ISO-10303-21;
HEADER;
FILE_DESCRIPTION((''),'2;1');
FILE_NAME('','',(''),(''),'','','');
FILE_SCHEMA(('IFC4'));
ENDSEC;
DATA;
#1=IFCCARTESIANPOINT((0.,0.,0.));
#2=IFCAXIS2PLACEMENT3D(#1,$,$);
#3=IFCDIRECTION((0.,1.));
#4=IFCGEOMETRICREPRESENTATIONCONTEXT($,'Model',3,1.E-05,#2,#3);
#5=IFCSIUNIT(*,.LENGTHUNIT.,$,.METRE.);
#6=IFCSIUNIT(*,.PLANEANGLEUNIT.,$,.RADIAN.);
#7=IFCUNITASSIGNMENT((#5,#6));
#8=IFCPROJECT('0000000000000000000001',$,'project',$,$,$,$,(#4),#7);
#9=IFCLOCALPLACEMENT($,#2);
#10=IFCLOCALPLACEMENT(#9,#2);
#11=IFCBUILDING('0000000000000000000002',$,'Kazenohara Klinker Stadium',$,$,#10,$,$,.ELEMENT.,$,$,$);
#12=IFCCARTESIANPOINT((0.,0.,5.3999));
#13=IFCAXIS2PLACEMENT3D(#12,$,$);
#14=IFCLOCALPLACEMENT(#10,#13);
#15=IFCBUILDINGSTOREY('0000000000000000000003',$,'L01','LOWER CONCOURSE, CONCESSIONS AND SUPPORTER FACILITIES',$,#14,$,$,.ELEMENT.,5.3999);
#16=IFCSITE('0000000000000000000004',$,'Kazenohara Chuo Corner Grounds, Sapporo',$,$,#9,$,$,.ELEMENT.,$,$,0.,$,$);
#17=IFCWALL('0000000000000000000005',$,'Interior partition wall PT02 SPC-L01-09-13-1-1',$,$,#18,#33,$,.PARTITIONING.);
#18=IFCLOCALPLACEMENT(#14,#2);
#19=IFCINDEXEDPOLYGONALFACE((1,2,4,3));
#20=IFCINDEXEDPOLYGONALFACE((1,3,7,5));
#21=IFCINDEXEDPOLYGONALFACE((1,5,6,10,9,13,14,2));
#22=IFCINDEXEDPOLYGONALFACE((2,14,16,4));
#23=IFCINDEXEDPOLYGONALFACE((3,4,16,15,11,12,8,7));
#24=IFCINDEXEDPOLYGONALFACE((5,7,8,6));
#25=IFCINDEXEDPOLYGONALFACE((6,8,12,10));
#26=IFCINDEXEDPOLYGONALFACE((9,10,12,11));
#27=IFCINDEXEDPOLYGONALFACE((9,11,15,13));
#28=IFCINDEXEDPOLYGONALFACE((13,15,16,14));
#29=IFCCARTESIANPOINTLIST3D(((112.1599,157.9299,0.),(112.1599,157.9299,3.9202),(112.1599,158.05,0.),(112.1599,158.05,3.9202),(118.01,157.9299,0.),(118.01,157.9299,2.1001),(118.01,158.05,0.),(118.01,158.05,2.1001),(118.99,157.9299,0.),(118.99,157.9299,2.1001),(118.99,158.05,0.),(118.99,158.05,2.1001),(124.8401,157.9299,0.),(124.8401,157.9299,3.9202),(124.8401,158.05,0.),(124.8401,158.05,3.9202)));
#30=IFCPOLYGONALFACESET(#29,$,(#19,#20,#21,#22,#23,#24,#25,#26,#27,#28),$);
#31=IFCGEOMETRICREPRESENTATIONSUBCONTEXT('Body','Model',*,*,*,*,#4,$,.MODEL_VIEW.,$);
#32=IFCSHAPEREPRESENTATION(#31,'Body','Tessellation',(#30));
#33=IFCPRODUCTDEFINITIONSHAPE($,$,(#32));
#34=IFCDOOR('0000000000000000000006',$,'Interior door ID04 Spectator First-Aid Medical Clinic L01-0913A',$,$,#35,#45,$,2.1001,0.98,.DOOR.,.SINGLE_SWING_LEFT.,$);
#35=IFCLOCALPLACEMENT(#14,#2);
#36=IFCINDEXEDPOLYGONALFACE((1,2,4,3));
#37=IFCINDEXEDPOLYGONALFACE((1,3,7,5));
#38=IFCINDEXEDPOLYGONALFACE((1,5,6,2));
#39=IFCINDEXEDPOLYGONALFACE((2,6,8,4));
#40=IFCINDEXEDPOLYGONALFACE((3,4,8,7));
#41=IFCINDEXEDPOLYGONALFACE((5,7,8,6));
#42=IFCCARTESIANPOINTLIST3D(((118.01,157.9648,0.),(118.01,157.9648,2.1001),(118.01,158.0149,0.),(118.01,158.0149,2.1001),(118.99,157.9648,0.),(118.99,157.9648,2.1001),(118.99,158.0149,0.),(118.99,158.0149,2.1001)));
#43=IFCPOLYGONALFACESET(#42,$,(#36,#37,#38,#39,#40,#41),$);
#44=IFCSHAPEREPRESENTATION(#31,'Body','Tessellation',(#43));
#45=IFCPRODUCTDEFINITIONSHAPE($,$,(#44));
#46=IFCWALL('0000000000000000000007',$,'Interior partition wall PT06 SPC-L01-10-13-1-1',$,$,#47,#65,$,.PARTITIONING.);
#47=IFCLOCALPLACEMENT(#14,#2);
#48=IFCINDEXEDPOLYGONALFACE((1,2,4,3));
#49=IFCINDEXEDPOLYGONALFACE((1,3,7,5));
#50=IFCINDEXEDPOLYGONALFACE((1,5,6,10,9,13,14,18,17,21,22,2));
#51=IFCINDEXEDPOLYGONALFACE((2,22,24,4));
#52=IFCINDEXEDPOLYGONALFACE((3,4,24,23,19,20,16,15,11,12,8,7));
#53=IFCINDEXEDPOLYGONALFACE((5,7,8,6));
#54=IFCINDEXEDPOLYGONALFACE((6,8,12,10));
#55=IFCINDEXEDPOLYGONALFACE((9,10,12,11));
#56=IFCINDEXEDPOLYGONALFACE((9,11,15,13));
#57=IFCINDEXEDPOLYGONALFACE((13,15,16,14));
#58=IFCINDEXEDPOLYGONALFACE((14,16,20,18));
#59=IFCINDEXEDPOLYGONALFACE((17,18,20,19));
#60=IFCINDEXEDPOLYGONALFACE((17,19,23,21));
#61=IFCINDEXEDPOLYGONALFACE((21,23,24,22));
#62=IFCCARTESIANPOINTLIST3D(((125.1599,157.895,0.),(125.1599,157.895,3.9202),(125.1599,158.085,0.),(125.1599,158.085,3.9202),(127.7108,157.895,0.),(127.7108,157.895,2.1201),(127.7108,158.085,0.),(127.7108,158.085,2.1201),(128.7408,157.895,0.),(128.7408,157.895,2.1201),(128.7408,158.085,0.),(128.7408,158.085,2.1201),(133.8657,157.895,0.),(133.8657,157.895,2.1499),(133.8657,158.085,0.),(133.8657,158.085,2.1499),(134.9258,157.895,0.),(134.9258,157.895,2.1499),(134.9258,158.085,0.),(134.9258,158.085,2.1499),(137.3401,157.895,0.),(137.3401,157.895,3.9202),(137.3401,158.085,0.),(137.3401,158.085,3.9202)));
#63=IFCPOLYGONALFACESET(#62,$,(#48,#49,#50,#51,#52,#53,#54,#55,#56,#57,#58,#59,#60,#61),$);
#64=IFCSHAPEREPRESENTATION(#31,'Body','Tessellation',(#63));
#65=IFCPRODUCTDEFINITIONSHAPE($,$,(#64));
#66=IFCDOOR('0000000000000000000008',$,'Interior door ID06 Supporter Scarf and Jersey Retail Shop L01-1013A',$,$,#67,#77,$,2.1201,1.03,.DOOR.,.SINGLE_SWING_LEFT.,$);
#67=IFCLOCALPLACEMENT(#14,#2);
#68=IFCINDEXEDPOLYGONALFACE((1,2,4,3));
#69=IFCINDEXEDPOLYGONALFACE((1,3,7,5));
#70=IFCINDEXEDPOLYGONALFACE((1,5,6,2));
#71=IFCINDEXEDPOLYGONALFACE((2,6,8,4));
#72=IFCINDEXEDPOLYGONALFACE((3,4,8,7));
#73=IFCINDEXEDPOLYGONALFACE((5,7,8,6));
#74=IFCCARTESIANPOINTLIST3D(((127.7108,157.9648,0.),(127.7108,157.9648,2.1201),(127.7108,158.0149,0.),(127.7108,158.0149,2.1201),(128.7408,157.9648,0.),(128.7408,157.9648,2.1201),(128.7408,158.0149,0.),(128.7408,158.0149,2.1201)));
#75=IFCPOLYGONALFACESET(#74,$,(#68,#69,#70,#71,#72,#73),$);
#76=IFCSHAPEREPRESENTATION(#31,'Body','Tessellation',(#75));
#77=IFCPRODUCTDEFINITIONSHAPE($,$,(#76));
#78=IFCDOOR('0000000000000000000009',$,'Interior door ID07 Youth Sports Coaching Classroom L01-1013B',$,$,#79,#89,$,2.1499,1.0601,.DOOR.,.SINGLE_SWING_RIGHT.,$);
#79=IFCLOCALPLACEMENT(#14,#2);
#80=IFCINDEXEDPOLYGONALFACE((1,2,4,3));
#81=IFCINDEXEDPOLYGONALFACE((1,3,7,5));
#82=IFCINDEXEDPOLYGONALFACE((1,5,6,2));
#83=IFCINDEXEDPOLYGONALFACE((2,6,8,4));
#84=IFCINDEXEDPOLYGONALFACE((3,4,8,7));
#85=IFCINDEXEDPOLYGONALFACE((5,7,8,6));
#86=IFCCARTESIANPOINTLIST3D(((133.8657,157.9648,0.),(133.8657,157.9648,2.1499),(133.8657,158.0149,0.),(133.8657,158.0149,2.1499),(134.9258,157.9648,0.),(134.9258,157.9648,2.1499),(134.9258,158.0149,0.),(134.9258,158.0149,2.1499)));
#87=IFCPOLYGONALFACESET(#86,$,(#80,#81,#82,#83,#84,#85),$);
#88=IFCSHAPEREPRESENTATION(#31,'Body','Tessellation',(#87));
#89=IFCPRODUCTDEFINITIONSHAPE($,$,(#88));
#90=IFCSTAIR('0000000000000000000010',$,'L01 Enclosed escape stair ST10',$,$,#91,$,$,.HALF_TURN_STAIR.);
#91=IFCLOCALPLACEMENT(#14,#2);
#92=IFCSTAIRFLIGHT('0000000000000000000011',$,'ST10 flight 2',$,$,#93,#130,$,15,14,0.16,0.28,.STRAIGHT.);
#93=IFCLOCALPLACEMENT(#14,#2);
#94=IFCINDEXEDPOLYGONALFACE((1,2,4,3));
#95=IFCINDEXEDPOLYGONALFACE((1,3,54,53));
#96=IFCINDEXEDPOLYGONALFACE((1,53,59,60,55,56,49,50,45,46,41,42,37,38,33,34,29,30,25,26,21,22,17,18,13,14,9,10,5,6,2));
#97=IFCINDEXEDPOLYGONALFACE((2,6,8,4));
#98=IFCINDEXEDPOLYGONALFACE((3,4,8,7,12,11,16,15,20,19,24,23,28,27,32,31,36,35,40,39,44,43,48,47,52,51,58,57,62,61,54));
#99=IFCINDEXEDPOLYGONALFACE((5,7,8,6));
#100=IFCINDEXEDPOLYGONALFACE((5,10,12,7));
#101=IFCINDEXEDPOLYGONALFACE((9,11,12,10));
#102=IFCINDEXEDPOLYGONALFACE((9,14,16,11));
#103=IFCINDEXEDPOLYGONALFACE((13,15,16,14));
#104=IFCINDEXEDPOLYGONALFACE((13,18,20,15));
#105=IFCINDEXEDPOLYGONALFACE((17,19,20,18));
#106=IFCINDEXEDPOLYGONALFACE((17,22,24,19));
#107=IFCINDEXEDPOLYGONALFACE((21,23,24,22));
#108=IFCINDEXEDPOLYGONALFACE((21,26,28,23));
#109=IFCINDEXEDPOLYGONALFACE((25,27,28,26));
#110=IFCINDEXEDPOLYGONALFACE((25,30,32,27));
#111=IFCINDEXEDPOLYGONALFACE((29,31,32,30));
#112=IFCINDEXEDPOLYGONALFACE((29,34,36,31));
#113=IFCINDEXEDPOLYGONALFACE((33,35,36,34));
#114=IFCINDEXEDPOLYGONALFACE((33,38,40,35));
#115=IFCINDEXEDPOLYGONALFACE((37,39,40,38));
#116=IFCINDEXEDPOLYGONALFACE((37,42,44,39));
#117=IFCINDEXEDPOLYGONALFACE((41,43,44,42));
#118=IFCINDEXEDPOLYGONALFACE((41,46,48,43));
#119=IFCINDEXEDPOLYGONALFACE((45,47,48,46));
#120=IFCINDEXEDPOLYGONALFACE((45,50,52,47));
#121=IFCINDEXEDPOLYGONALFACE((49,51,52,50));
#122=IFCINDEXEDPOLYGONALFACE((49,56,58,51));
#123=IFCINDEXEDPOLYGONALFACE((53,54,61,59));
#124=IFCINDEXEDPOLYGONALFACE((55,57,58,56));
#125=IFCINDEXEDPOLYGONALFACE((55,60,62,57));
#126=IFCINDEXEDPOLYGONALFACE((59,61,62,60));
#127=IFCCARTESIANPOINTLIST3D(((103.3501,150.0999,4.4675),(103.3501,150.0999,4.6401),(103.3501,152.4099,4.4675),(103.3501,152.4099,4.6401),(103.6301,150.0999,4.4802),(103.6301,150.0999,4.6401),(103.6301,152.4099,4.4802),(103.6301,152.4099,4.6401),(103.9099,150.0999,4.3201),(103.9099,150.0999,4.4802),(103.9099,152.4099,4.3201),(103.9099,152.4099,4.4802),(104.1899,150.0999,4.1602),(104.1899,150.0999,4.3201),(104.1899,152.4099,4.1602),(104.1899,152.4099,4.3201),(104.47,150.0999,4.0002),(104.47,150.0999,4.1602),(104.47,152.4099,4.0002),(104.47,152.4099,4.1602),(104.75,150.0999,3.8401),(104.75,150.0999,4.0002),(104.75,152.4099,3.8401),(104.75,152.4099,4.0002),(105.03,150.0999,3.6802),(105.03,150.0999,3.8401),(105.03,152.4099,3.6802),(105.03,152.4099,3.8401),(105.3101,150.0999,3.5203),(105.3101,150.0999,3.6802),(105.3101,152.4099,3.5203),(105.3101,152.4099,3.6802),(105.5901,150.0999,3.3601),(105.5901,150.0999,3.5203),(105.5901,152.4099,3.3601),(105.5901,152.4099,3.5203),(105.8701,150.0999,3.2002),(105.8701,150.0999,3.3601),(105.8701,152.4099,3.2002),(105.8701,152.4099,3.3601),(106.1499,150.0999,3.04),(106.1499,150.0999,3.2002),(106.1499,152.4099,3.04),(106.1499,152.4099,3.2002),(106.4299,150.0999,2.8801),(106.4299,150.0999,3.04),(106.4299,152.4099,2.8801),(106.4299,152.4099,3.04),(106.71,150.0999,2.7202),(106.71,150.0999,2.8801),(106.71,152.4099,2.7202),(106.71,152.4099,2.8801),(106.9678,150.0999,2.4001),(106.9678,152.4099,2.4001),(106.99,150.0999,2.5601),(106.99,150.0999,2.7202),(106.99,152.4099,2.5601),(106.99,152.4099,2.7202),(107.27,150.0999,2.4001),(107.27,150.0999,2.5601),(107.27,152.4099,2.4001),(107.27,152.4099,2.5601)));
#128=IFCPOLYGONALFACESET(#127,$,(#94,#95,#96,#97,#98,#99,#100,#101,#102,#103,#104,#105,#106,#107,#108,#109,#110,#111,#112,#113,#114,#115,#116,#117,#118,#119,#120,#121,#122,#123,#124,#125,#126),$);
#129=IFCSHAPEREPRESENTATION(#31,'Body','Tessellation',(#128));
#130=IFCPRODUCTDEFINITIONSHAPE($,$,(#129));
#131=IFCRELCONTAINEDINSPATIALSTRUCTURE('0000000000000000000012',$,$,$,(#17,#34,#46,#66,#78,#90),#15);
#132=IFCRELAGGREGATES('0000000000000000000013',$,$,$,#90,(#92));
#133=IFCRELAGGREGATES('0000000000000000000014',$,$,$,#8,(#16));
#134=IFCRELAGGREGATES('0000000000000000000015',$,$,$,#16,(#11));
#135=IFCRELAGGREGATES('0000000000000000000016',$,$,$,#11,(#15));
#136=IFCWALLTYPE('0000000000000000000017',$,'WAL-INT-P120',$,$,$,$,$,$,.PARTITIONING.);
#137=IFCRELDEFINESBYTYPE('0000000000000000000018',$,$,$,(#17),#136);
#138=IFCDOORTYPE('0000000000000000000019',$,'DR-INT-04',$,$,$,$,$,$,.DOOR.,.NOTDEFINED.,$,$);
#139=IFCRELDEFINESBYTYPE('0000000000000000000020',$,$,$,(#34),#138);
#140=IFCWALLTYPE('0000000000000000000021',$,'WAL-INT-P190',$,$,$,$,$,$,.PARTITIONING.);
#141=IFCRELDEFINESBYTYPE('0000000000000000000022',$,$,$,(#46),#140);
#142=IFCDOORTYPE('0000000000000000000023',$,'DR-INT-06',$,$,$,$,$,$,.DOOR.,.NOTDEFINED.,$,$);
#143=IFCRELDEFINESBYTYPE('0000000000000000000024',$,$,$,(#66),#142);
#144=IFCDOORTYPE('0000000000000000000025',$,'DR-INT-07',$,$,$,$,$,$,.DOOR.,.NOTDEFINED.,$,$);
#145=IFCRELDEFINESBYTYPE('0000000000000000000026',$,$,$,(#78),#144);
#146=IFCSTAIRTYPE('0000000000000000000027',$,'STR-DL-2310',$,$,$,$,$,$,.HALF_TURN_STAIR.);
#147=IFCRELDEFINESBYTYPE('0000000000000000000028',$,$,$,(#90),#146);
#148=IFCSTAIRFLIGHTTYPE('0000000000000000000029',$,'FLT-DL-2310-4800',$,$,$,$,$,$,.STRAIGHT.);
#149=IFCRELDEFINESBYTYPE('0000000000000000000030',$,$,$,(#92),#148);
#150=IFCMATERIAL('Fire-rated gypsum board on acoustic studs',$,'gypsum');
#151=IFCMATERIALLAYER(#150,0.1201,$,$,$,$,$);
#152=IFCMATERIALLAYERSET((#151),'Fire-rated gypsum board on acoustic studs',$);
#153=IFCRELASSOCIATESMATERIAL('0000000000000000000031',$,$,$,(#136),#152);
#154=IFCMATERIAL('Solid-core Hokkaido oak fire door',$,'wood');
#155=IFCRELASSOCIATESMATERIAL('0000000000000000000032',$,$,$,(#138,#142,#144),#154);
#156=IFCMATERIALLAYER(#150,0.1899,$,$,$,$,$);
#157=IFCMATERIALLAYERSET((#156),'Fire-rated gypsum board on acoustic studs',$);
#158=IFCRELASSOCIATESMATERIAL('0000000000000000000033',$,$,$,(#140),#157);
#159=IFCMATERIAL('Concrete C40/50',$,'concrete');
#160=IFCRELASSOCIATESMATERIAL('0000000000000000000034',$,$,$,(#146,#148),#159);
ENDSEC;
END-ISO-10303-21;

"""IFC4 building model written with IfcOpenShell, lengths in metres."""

from ifc_helpers import new_model, si_unit, direction, frame, frame_2d, origin, place, context, subcontext, project, spatial, polyline, rectangle, outline, extrude, material, layer, layer_set, type_object, element, fill, aggregate, save


model = new_model("IFC4")

# Units and contexts
model_context = context("Model", 3, precision=1e-05, world=origin(), true_north=direction((0.0, 1.0)))
body_context = subcontext(model_context, "Body", "Model", "MODEL_VIEW")
ifc_project = project(units=[si_unit("LENGTHUNIT", "METRE"), si_unit("PLANEANGLEUNIT", "RADIAN")], contexts=[model_context])

# Site, building, storey
site_placement = place(None, origin())
site = spatial("IfcSite", under=ifc_project, at=site_placement, Name="Kazenohara Chuo Corner Grounds, Sapporo", CompositionType="ELEMENT", RefElevation=0.0)
building_placement = place(site_placement, origin())
building = spatial("IfcBuilding", under=site, at=building_placement, Name="Kazenohara Klinker Stadium", CompositionType="ELEMENT")
storey_placement = place(building_placement, frame((0.0, 0.0, 5.3999)))
storey = spatial("IfcBuildingStorey", under=building, at=storey_placement, Name="L01", Description="LOWER CONCOURSE, CONCESSIONS AND SUPPORTER FACILITIES", CompositionType="ELEMENT", Elevation=5.3999)

# Shared definitions
ifc_material_1 = material(Name="Concrete C40/50", Category="concrete")

# Wall, opening, door
ifc_material_2 = material(Name="Fire-rated gypsum board on acoustic studs", Category="gypsum")
ifc_layer_1 = layer(ifc_material_2, 0.1201)
ifc_layer_set_1 = layer_set([ifc_layer_1], Name="Fire-rated gypsum board on acoustic studs")
wall_type_1 = type_object("IfcWallType", Name="WAL-INT-P120", PredefinedType="PARTITIONING", material=ifc_layer_set_1)
wall_1_placement = place(storey_placement, frame((112.1599, 157.99, 0.0), z_axis=(0.0, 0.0, 1.0), x_axis=(1.0, 0.0, 0.0)))
wall_1 = element("IfcWall", 1, at=wall_1_placement, inside=storey, type_object=wall_type_1, Name="Interior partition wall PT02 SPC-L01-09-13-1-1", PredefinedType="PARTITIONING", context=body_context, shape_type="SweptSolid", body=[
    extrude(rectangle(XDim=12.6802, YDim=0.1201, at=frame_2d((6.3401, 0.0))), origin(), (0.0, 0.0, 1.0), 3.9202),
])
opening_1_placement = place(wall_1_placement, frame((5.8501, 0.0, 0.0)))
opening_1 = element("IfcOpeningElement", 2, at=opening_1_placement, cuts=wall_1, PredefinedType="OPENING", context=body_context, shape_type="SweptSolid", body=[
    extrude(rectangle(XDim=0.98, YDim=2.1001, at=frame_2d((0.49, 1.05))), frame((0.0, 0.0701, 0.0), z_axis=(0.0, -1.0, 0.0), x_axis=(1.0, 0.0, 0.0)), (0.0, 0.0, 1.0), 0.1401),
])
ifc_material_3 = material(Name="Solid-core Hokkaido oak fire door", Category="wood")
door_type_1 = type_object("IfcDoorType", Name="DR-INT-04", OperationType="NOTDEFINED", PredefinedType="DOOR", material=ifc_material_3)
door_1_placement = place(opening_1_placement, origin())
door_1 = element("IfcDoor", 3, at=door_1_placement, inside=storey, type_object=door_type_1, Name="Interior door ID04 Spectator First-Aid Medical Clinic L01-0913A", OperationType="SINGLE_SWING_LEFT", OverallHeight=2.1001, OverallWidth=0.98, PredefinedType="DOOR", context=body_context, shape_type="SweptSolid", body=[
    extrude(rectangle(XDim=0.98, YDim=2.1001, at=frame_2d((0.49, 1.05))), frame((0.0, 0.0249, 0.0), z_axis=(0.0, -1.0, 0.0), x_axis=(1.0, 0.0, 0.0)), (0.0, 0.0, 1.0), 0.05),
])
fill(opening_1, door_1)

# Wall, openings, doors
ifc_layer_2 = layer(ifc_material_2, 0.1899)
ifc_layer_set_2 = layer_set([ifc_layer_2], Name="Fire-rated gypsum board on acoustic studs")
wall_type_2 = type_object("IfcWallType", Name="WAL-INT-P190", PredefinedType="PARTITIONING", material=ifc_layer_set_2)
wall_2_placement = place(storey_placement, frame((125.1599, 157.99, 0.0), z_axis=(0.0, 0.0, 1.0), x_axis=(1.0, 0.0, 0.0)))
wall_2 = element("IfcWall", 4, at=wall_2_placement, inside=storey, type_object=wall_type_2, Name="Interior partition wall PT06 SPC-L01-10-13-1-1", PredefinedType="PARTITIONING", context=body_context, shape_type="SweptSolid", body=[
    extrude(rectangle(XDim=12.1802, YDim=0.1899, at=frame_2d((6.0901, 0.0))), origin(), (0.0, 0.0, 1.0), 3.9202),
])
opening_2_placement = place(wall_2_placement, frame((2.5508, 0.0, 0.0)))
opening_2 = element("IfcOpeningElement", 5, at=opening_2_placement, cuts=wall_2, PredefinedType="OPENING", context=body_context, shape_type="SweptSolid", body=[
    extrude(rectangle(XDim=1.03, YDim=2.1201, at=frame_2d((0.5151, 1.0601))), frame((0.0, 0.105, 0.0), z_axis=(0.0, -1.0, 0.0), x_axis=(1.0, 0.0, 0.0)), (0.0, 0.0, 1.0), 0.21),
])
opening_3_placement = place(wall_2_placement, frame((8.7058, 0.0, 0.0)))
opening_3 = element("IfcOpeningElement", 6, at=opening_3_placement, cuts=wall_2, PredefinedType="OPENING", context=body_context, shape_type="SweptSolid", body=[
    extrude(rectangle(XDim=1.0601, YDim=2.1499, at=frame_2d((0.53, 1.075))), frame((0.0, 0.105, 0.0), z_axis=(0.0, -1.0, 0.0), x_axis=(1.0, 0.0, 0.0)), (0.0, 0.0, 1.0), 0.21),
])
door_type_2 = type_object("IfcDoorType", Name="DR-INT-06", OperationType="NOTDEFINED", PredefinedType="DOOR", material=ifc_material_3)
door_2_placement = place(opening_2_placement, origin())
door_2 = element("IfcDoor", 7, at=door_2_placement, inside=storey, type_object=door_type_2, Name="Interior door ID06 Supporter Scarf and Jersey Retail Shop L01-1013A", OperationType="SINGLE_SWING_LEFT", OverallHeight=2.1201, OverallWidth=1.03, PredefinedType="DOOR", context=body_context, shape_type="SweptSolid", body=[
    extrude(rectangle(XDim=1.03, YDim=2.1201, at=frame_2d((0.5151, 1.0601))), frame((0.0, 0.0249, 0.0), z_axis=(0.0, -1.0, 0.0), x_axis=(1.0, 0.0, 0.0)), (0.0, 0.0, 1.0), 0.05),
])
fill(opening_2, door_2)
door_type_3 = type_object("IfcDoorType", Name="DR-INT-07", OperationType="NOTDEFINED", PredefinedType="DOOR", material=ifc_material_3)
door_3_placement = place(opening_3_placement, origin())
door_3 = element("IfcDoor", 8, at=door_3_placement, inside=storey, type_object=door_type_3, Name="Interior door ID07 Youth Sports Coaching Classroom L01-1013B", OperationType="SINGLE_SWING_RIGHT", OverallHeight=2.1499, OverallWidth=1.0601, PredefinedType="DOOR", context=body_context, shape_type="SweptSolid", body=[
    extrude(rectangle(XDim=1.0601, YDim=2.1499, at=frame_2d((0.53, 1.075))), frame((0.0, 0.0249, 0.0), z_axis=(0.0, -1.0, 0.0), x_axis=(1.0, 0.0, 0.0)), (0.0, 0.0, 1.0), 0.05),
])
fill(opening_3, door_3)

# Stair, stair flight
stair_type = type_object("IfcStairType", Name="STR-DL-2310", PredefinedType="HALF_TURN_STAIR", material=ifc_material_1)
stair_placement = place(storey_placement, origin())
stair = element("IfcStair", 9, at=stair_placement, inside=storey, type_object=stair_type, Name="L01 Enclosed escape stair ST10", PredefinedType="HALF_TURN_STAIR")
stair_flight_type = type_object("IfcStairFlightType", Name="FLT-DL-2310-4800", PredefinedType="STRAIGHT", material=ifc_material_1)
stair_flight_placement = place(storey_placement, frame((107.27, 151.2549, 2.4001), z_axis=(0.0, 0.0, 1.0), x_axis=(-1.0, 0.0, 0.0)))
stair_flight = element("IfcStairFlight", 10, at=stair_flight_placement, type_object=stair_flight_type, Name="ST10 flight 2", NumberOfRisers=15, NumberOfTreads=14, PredefinedType="STRAIGHT", RiserHeight=0.16, TreadLength=0.28, context=body_context, shape_type="SweptSolid", body=[
    extrude(outline(polyline([(0.0, 0.0), (0.0, 0.1599), (0.28, 0.1599), (0.28, 0.3201), (0.5601, 0.3201), (0.5601, 0.48), (0.8401, 0.48), (0.8401, 0.6399), (1.1201, 0.6399), (1.1201, 0.8), (1.3999, 0.8), (1.3999, 0.96), (1.6799, 0.96), (1.6799, 1.1201), (1.96, 1.1201), (1.96, 1.28), (2.24, 1.28), (2.24, 1.4399), (2.52, 1.4399), (2.52, 1.6001), (2.8, 1.6001), (2.8, 1.76), (3.0801, 1.76), (3.0801, 1.9199), (3.3601, 1.9199), (3.3601, 2.0801), (3.6399, 2.0801), (3.6399, 2.24), (3.9199, 2.24), (3.9199, 2.3999), (3.9199, 2.0674), (0.3022, 0.0), (0.0, 0.0)])), frame((0.0, 1.155, 0.0), z_axis=(0.0, -1.0, 0.0), x_axis=(1.0, 0.0, 0.0)), (0.0, 0.0, 1.0), 2.3101),
])
aggregate(stair, [stair_flight])

save(model, "model.ifc")
